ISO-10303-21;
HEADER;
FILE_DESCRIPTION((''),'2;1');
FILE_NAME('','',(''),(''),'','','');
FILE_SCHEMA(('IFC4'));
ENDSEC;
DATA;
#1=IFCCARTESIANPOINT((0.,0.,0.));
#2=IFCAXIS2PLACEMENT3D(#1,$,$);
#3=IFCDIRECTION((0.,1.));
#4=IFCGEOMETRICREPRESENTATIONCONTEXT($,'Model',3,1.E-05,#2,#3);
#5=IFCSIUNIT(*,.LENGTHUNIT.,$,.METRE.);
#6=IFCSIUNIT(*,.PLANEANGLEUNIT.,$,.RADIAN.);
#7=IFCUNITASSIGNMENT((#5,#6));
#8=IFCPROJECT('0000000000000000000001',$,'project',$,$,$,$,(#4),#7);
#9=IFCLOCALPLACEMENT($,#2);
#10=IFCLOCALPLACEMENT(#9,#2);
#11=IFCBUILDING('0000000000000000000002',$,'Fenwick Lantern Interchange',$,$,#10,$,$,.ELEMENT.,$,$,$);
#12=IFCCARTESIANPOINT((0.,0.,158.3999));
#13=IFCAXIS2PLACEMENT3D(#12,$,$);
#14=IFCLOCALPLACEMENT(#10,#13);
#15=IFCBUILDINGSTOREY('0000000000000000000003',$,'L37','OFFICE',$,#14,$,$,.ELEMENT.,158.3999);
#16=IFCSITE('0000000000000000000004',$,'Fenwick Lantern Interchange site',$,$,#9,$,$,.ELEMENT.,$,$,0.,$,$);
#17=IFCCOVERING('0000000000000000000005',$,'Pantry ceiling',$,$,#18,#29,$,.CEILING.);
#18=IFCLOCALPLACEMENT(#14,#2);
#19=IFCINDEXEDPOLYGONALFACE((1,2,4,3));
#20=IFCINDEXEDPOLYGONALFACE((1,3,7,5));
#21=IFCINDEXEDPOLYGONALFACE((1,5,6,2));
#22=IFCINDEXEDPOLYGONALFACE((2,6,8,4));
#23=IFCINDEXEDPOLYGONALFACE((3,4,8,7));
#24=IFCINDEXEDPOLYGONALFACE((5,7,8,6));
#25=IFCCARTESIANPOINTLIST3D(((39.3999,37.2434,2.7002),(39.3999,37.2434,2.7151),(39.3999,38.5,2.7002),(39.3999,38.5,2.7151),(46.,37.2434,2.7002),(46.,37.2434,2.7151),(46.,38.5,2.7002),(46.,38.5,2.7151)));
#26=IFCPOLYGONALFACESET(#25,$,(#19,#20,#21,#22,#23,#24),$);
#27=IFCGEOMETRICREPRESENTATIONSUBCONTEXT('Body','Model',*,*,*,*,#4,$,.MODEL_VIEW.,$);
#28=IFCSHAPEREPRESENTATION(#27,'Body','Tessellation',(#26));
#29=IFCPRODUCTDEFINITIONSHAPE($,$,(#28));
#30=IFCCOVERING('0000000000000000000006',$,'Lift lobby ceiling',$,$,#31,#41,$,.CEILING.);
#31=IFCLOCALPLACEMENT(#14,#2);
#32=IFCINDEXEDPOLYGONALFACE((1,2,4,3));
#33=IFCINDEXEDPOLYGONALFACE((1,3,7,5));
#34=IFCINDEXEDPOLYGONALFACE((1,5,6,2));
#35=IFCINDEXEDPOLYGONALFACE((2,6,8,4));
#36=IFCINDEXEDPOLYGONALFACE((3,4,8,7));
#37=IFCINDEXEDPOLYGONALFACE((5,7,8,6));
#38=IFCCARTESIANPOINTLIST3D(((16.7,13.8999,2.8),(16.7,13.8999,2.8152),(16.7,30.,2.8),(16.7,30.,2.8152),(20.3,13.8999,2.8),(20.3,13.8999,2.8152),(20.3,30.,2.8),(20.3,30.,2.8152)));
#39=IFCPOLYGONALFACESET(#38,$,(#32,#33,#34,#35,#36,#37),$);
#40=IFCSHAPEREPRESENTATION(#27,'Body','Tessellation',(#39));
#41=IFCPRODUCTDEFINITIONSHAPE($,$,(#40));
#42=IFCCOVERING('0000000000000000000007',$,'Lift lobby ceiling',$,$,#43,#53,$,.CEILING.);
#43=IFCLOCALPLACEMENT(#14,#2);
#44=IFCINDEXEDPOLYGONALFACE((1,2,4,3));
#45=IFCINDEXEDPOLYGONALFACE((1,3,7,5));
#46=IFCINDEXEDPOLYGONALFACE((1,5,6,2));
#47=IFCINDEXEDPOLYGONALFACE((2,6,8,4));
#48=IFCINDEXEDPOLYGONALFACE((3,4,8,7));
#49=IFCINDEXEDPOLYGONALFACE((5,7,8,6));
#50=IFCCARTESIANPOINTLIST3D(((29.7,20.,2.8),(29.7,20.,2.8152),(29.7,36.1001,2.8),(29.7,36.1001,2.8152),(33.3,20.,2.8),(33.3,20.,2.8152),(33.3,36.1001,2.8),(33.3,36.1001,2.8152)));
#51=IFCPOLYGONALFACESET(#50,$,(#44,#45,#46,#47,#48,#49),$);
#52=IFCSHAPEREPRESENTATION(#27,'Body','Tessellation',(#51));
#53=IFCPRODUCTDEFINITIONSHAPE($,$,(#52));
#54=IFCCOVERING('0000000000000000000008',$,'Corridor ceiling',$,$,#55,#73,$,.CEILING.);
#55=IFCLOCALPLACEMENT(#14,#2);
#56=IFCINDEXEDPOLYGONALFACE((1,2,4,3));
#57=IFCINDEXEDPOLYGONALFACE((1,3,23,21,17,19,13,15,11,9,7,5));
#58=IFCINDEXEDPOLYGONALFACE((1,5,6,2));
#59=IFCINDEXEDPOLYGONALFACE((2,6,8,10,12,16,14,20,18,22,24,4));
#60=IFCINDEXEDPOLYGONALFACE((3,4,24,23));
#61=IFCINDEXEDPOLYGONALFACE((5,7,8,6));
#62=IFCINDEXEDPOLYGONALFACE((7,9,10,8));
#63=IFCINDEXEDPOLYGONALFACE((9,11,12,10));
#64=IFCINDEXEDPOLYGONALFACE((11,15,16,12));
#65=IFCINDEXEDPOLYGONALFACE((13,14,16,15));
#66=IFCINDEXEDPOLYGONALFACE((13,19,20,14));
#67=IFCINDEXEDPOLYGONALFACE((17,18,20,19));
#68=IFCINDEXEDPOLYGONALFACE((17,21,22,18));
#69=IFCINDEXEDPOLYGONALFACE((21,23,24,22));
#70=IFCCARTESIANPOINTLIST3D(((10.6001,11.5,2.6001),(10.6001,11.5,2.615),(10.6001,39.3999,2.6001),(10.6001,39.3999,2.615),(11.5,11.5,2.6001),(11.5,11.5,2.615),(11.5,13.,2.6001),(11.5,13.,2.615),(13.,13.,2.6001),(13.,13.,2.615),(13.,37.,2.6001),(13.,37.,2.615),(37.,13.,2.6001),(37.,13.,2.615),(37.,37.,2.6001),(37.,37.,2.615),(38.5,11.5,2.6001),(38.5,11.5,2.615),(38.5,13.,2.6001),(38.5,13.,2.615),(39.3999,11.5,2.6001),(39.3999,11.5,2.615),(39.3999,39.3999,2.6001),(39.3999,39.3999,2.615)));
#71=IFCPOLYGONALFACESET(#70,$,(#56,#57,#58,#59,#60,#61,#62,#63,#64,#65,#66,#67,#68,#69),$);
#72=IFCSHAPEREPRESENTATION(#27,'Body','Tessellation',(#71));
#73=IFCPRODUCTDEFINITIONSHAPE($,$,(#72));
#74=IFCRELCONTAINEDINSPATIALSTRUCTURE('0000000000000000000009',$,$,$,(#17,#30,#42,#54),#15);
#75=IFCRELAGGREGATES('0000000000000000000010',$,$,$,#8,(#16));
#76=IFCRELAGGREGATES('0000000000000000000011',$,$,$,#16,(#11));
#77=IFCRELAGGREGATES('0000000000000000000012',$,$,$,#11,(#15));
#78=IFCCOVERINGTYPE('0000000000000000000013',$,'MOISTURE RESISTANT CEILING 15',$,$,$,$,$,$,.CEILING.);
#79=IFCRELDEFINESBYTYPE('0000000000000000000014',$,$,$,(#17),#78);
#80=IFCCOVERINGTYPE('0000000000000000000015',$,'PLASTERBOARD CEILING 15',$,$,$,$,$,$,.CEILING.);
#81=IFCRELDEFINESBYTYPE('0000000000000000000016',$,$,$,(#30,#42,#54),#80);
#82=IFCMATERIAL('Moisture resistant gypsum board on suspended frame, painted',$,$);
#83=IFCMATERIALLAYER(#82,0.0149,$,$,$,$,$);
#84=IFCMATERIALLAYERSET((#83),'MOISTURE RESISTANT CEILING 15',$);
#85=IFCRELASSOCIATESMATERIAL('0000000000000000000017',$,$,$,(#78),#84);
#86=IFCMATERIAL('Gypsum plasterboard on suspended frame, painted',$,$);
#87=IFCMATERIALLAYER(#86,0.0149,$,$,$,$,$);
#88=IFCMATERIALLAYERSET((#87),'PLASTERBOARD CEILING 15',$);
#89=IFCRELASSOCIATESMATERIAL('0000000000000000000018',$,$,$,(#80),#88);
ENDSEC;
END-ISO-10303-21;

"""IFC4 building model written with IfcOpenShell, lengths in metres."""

from ifc_helpers import new_model, si_unit, direction, frame, origin, place, context, subcontext, project, spatial, polyline, outline, extrude, material, layer, layer_set, type_object, element, save


model = new_model("IFC4")

# Units and contexts
model_context = context("Model", 3, precision=1e-05, world=origin(), true_north=direction((0.0, 1.0)))
body_context = subcontext(model_context, "Body", "Model", "MODEL_VIEW")
ifc_project = project(units=[si_unit("LENGTHUNIT", "METRE"), si_unit("PLANEANGLEUNIT", "RADIAN")], contexts=[model_context])

# Site, building, storey
site_placement = place(None, origin())
site = spatial("IfcSite", under=ifc_project, at=site_placement, Name="Fenwick Lantern Interchange site", CompositionType="ELEMENT", RefElevation=0.0)
building_placement = place(site_placement, origin())
building = spatial("IfcBuilding", under=site, at=building_placement, Name="Fenwick Lantern Interchange", CompositionType="ELEMENT")
storey_placement = place(building_placement, frame((0.0, 0.0, 158.3999)))
storey = spatial("IfcBuildingStorey", under=building, at=storey_placement, Name="L37", Description="OFFICE", CompositionType="ELEMENT", Elevation=158.3999)

# Coverings
ifc_material_1 = material(Name="Moisture resistant gypsum board on suspended frame, painted")
ifc_layer_1 = layer(ifc_material_1, 0.0149)
ifc_layer_set_1 = layer_set([ifc_layer_1], Name="MOISTURE RESISTANT CEILING 15")
covering_type_1 = type_object("IfcCoveringType", Name="MOISTURE RESISTANT CEILING 15", PredefinedType="CEILING", material=ifc_layer_set_1)
covering_1_placement = place(storey_placement, frame((0.0, 0.0, 2.7002)))
element("IfcCovering", 1, at=covering_1_placement, inside=storey, type_object=covering_type_1, Name="Pantry ceiling", PredefinedType="CEILING", context=body_context, shape_type="SweptSolid", body=[
    extrude(outline(polyline([(39.3999, 38.5), (39.3999, 37.2434), (46.0, 37.2434), (46.0, 38.5), (39.3999, 38.5)])), origin(), (0.0, 0.0, 1.0), 0.0149),
])
ifc_material_2 = material(Name="Gypsum plasterboard on suspended frame, painted")
ifc_layer_2 = layer(ifc_material_2, 0.0149)
ifc_layer_set_2 = layer_set([ifc_layer_2], Name="PLASTERBOARD CEILING 15")
covering_type_2 = type_object("IfcCoveringType", Name="PLASTERBOARD CEILING 15", PredefinedType="CEILING", material=ifc_layer_set_2)
covering_2_placement = place(storey_placement, frame((0.0, 0.0, 2.8)))
element("IfcCovering", 2, at=covering_2_placement, inside=storey, type_object=covering_type_2, Name="Lift lobby ceiling", PredefinedType="CEILING", context=body_context, shape_type="SweptSolid", body=[
    extrude(outline(polyline([(16.7, 13.8999), (20.3, 13.8999), (20.3, 30.0), (16.7, 30.0), (16.7, 13.8999)])), origin(), (0.0, 0.0, 1.0), 0.0151),
])
covering_3_placement = place(storey_placement, frame((0.0, 0.0, 2.8)))
element("IfcCovering", 3, at=covering_3_placement, inside=storey, type_object=covering_type_2, Name="Lift lobby ceiling", PredefinedType="CEILING", context=body_context, shape_type="SweptSolid", body=[
    extrude(outline(polyline([(33.3, 36.1001), (29.7, 36.1001), (29.7, 20.0), (33.3, 20.0), (33.3, 36.1001)])), origin(), (0.0, 0.0, 1.0), 0.0151),
])
covering_4_placement = place(storey_placement, frame((0.0, 0.0, 2.6001)))
element("IfcCovering", 4, at=covering_4_placement, inside=storey, type_object=covering_type_2, Name="Corridor ceiling", PredefinedType="CEILING", context=body_context, shape_type="SweptSolid", body=[
    extrude(outline(polyline([(10.6001, 39.3999), (10.6001, 11.5), (11.5, 11.5), (11.5, 13.0), (13.0, 13.0), (13.0, 37.0), (37.0, 37.0), (37.0, 13.0), (38.5, 13.0), (38.5, 11.5), (39.3999, 11.5), (39.3999, 39.3999), (10.6001, 39.3999)])), origin(), (0.0, 0.0, 1.0), 0.0149),
])

save(model, "model.ifc")
